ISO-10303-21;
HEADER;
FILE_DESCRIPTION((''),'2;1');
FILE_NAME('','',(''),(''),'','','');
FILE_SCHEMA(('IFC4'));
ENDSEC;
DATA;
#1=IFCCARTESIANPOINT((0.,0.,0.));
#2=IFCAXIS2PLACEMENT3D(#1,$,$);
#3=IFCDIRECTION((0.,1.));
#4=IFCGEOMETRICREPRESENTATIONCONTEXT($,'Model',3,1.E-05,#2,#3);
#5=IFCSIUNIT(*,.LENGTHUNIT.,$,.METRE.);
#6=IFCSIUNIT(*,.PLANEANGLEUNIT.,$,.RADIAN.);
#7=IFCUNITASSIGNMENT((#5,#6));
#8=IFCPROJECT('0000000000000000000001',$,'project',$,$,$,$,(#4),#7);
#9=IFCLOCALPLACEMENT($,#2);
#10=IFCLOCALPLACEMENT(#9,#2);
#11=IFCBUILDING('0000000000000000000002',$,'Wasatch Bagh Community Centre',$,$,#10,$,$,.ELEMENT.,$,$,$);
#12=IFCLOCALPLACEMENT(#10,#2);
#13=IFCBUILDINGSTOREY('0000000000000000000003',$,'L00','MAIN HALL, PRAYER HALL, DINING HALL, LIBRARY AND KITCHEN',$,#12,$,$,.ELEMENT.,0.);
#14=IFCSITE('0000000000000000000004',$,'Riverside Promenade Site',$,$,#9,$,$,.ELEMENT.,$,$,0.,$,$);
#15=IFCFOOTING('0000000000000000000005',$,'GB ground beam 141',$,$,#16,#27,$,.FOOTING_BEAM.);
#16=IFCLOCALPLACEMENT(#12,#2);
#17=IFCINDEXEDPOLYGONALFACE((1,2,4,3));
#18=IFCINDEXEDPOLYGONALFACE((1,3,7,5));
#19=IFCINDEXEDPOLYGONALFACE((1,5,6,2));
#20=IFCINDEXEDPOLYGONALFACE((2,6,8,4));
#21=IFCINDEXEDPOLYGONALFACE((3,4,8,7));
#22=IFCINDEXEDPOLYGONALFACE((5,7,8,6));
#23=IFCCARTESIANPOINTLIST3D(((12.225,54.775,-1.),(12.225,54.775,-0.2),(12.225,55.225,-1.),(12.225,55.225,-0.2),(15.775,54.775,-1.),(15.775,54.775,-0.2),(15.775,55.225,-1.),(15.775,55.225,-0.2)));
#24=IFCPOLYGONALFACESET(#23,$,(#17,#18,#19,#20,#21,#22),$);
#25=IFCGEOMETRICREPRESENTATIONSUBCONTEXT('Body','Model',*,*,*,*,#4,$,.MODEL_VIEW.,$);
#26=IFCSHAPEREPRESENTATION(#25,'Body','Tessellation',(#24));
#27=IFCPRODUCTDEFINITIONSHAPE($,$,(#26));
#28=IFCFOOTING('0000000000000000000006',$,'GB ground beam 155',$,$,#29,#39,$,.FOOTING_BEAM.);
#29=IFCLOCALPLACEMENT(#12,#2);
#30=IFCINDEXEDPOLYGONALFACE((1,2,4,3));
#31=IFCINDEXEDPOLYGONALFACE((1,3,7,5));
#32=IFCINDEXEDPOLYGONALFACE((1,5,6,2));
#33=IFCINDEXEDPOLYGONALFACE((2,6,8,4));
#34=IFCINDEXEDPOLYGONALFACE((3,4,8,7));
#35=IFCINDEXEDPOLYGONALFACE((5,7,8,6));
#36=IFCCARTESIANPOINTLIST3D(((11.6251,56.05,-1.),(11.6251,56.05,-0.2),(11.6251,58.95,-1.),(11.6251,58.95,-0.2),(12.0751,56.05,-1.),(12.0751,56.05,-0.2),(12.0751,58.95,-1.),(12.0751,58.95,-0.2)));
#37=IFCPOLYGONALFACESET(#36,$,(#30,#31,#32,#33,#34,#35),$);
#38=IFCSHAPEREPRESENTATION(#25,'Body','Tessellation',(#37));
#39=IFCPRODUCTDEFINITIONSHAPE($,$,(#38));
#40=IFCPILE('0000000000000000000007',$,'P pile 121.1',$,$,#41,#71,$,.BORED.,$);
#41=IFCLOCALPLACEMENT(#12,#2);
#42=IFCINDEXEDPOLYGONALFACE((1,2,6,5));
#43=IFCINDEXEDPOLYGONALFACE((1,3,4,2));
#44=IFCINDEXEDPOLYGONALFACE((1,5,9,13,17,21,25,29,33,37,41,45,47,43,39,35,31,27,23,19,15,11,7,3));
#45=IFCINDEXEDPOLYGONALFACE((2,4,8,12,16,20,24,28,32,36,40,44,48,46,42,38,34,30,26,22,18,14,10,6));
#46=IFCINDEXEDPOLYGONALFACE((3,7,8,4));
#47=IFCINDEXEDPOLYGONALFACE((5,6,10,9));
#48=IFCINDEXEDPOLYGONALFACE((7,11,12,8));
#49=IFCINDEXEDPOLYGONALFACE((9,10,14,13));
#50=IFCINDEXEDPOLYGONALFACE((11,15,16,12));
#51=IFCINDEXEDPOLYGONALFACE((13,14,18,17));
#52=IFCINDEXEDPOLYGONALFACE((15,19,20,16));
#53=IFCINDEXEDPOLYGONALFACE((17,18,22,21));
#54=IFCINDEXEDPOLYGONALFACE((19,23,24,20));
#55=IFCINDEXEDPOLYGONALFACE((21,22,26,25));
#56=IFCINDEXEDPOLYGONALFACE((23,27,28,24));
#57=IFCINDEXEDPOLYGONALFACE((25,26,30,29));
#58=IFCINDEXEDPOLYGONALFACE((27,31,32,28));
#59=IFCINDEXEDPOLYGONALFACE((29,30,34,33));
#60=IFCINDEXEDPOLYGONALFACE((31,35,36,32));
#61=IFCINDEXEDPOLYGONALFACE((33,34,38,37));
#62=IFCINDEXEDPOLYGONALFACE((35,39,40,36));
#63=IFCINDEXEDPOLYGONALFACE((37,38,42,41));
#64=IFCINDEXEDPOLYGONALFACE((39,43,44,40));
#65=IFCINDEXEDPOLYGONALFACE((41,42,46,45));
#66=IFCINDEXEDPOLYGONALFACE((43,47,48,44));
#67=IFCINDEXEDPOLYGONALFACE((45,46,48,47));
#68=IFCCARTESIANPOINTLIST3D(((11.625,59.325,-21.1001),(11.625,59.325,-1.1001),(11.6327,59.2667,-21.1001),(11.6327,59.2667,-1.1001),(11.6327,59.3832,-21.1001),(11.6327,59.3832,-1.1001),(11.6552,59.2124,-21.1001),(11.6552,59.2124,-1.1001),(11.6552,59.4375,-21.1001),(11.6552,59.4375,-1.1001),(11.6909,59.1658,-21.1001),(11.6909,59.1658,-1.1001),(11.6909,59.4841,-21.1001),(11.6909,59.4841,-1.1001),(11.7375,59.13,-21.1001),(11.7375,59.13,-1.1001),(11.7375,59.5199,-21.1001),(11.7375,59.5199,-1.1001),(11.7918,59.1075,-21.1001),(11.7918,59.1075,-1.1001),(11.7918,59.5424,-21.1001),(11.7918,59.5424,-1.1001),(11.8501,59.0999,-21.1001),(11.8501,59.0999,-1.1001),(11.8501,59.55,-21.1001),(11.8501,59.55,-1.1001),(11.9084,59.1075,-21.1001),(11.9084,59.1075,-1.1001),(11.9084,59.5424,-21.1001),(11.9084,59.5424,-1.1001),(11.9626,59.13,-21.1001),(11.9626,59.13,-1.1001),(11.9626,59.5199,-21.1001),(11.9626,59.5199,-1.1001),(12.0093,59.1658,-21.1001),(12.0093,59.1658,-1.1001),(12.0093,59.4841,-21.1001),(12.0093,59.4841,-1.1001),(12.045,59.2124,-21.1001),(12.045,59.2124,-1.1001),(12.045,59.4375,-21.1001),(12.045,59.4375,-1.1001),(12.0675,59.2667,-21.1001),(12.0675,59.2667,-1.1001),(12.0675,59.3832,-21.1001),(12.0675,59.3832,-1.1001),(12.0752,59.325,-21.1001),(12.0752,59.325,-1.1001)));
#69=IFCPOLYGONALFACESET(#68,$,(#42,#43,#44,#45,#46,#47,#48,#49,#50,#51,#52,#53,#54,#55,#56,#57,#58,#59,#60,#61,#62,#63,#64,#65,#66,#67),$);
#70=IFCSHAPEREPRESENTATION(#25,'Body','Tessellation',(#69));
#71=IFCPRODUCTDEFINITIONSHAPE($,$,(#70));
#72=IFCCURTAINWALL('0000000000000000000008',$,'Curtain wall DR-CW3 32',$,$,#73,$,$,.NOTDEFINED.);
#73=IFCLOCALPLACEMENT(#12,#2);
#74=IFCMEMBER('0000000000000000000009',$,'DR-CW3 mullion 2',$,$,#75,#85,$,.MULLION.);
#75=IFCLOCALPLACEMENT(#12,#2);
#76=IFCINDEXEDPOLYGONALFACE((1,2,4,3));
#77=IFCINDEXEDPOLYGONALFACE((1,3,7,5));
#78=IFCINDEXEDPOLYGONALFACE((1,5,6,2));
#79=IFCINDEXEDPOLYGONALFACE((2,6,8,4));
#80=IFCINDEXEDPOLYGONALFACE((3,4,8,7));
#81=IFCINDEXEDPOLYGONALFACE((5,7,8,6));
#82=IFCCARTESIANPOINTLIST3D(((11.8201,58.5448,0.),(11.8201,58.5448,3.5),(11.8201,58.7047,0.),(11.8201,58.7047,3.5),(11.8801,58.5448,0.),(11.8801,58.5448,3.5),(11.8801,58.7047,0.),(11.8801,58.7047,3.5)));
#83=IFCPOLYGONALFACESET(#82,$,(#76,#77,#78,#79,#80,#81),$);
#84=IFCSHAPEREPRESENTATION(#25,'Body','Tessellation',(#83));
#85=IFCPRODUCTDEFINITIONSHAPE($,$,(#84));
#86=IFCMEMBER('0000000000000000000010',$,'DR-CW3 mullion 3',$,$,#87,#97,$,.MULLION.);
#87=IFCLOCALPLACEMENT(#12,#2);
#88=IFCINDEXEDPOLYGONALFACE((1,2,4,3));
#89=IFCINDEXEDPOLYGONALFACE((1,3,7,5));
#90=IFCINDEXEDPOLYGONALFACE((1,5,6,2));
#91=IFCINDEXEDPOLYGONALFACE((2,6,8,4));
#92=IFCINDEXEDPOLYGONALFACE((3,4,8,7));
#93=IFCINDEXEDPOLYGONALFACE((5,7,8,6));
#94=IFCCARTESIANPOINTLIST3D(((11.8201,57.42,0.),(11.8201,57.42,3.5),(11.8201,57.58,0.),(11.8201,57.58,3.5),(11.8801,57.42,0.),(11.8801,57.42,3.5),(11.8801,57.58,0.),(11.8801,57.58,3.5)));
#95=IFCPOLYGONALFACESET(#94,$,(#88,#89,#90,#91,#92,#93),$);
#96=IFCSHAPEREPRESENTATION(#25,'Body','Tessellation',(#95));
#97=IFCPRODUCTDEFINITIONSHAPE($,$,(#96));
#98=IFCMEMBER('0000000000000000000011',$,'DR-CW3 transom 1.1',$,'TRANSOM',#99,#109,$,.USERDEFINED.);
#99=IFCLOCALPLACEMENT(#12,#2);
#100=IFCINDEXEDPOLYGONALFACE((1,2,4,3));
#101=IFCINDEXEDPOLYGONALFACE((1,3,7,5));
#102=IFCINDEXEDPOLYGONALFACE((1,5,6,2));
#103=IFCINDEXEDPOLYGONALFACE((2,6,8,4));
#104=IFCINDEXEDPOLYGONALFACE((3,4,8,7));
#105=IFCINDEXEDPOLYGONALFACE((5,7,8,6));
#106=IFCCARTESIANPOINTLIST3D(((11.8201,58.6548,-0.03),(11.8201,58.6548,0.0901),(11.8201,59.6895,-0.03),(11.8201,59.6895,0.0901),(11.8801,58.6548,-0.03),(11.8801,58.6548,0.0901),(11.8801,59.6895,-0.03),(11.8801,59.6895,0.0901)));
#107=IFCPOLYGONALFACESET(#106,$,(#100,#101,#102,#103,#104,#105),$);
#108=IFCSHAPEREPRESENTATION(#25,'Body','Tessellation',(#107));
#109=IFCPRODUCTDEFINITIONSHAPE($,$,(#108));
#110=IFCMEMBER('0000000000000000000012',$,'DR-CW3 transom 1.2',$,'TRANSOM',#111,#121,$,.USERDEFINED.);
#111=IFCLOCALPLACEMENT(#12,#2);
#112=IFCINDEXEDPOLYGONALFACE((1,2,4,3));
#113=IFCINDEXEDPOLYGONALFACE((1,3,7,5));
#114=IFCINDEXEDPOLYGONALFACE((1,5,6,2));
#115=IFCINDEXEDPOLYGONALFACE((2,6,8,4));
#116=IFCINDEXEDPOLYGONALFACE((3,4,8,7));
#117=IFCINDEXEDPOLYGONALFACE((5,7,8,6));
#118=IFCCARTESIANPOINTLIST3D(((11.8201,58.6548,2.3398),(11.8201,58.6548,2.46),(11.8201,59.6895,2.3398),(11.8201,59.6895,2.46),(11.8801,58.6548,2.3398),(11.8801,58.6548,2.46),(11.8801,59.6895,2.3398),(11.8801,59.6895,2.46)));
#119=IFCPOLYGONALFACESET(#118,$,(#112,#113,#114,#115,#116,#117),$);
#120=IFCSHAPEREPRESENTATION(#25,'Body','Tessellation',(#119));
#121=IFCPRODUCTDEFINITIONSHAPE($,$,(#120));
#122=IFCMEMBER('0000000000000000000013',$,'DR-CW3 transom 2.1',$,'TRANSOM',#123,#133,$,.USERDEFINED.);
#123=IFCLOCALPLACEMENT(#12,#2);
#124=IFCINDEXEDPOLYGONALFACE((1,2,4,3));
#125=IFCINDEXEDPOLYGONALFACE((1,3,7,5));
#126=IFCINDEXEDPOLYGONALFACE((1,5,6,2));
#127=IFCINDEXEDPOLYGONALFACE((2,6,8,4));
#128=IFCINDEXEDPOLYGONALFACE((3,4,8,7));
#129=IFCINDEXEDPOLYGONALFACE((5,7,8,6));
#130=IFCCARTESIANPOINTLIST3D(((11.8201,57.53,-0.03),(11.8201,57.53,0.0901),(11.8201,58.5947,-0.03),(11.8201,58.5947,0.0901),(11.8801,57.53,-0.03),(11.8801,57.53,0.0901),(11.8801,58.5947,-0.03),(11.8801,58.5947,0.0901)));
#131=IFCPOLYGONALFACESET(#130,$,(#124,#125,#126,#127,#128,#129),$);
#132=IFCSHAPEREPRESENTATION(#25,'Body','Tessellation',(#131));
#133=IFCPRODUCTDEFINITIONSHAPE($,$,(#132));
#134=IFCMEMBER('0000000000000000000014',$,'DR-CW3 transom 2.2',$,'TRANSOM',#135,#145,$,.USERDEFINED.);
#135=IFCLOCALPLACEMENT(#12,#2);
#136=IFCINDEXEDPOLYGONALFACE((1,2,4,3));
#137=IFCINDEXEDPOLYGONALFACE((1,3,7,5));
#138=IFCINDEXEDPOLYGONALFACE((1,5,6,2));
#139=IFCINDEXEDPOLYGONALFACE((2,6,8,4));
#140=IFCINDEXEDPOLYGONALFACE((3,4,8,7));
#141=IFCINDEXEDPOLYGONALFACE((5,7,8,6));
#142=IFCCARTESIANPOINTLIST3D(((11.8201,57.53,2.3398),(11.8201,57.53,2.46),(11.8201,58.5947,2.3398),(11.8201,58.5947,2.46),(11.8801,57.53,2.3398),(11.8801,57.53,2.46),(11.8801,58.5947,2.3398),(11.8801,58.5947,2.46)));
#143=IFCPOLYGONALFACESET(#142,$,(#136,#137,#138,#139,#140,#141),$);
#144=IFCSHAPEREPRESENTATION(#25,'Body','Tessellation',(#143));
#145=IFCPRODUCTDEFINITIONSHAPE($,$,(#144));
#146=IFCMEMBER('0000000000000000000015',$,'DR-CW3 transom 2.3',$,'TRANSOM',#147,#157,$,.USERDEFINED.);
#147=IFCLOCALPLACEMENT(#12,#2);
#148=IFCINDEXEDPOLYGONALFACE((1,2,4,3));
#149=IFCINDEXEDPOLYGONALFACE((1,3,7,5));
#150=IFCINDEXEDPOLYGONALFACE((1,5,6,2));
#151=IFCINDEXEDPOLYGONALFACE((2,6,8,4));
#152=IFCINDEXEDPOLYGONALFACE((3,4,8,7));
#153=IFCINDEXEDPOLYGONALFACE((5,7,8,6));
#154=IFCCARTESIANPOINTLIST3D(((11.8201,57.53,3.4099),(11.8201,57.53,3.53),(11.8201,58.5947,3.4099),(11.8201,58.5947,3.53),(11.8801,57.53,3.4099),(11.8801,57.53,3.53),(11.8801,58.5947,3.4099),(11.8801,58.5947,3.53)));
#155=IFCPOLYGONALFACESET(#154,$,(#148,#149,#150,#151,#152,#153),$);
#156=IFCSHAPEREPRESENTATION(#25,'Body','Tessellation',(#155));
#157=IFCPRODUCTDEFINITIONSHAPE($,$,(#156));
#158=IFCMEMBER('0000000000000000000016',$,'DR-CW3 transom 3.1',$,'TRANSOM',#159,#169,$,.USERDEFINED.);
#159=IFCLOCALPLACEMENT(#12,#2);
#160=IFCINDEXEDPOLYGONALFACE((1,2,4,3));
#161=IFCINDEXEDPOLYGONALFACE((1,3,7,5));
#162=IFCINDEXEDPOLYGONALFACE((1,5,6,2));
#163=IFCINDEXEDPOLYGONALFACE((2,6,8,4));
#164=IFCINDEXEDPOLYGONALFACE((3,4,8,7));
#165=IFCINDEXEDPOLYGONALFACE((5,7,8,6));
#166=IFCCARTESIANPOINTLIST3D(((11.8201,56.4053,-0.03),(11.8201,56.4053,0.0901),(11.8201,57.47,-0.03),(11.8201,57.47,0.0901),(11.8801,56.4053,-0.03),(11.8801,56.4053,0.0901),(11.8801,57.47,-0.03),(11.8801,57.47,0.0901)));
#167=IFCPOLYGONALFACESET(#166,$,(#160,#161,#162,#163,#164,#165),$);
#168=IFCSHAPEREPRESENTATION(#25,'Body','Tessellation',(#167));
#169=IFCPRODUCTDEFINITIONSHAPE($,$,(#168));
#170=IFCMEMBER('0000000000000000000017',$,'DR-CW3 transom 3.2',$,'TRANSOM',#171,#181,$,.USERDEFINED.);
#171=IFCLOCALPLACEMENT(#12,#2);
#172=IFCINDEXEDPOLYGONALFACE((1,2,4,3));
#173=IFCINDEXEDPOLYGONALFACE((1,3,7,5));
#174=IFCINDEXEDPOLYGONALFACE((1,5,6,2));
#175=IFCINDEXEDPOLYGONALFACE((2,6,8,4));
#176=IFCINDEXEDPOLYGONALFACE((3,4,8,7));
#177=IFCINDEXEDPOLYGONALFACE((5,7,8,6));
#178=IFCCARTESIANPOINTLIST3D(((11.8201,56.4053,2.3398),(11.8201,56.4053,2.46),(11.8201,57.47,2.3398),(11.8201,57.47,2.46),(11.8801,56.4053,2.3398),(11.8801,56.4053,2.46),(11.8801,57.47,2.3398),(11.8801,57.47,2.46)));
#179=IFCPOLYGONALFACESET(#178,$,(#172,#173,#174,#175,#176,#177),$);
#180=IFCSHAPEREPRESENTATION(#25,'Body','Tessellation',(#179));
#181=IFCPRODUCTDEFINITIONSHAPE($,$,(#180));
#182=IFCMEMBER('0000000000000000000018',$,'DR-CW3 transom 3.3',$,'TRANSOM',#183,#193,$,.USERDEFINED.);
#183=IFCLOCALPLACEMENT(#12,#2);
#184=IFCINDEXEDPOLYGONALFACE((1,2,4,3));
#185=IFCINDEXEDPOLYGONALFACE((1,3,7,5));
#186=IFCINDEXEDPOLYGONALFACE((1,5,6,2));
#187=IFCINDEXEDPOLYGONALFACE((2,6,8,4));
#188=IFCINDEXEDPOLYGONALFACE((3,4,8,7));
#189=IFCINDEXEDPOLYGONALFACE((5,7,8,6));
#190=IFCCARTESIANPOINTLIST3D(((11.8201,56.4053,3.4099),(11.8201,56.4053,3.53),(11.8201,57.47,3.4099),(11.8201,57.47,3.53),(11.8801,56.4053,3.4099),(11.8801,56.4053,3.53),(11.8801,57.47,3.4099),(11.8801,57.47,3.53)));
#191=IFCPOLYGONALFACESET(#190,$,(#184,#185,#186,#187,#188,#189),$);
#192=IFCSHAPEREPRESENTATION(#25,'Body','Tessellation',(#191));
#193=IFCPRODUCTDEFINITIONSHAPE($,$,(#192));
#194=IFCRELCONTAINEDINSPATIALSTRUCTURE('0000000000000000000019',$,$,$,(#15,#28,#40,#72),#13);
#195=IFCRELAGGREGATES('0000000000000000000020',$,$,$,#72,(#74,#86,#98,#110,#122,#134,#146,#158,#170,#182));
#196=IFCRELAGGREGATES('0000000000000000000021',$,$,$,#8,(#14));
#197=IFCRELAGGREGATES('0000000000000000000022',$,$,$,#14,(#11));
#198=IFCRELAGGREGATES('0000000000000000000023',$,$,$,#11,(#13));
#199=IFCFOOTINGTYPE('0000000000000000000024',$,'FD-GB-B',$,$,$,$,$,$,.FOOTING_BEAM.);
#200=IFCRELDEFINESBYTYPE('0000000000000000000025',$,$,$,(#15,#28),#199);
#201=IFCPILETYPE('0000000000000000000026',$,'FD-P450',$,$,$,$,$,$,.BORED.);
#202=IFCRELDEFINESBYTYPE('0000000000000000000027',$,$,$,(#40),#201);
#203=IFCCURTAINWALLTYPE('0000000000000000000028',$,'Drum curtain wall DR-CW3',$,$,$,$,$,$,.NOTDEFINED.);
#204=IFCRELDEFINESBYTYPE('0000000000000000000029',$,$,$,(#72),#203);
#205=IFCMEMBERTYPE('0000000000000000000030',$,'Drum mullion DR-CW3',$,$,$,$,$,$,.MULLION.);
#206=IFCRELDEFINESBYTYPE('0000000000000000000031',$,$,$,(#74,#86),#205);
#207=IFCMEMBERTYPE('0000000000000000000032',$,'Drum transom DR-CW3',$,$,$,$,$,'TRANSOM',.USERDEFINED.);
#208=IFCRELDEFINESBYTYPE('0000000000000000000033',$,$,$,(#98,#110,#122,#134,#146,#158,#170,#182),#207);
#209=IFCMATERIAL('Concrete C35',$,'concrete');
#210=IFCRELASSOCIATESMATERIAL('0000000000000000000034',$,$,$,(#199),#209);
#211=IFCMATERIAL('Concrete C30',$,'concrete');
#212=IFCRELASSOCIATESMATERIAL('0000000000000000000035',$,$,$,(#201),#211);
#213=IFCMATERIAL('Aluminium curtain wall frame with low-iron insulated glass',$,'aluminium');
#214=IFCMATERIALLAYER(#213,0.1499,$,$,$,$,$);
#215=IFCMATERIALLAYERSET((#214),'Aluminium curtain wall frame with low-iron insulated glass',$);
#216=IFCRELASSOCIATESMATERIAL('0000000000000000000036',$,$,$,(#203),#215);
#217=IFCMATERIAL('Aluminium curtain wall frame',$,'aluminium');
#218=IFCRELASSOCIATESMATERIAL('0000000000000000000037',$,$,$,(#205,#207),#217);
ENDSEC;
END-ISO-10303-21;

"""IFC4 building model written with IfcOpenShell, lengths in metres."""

from ifc_helpers import new_model, si_unit, direction, frame, origin, origin_2d, place, context, subcontext, project, spatial, rectangle, circle, extrude, material, layer, layer_set, material_profile, profile_set, type_object, element, aggregate, save


model = new_model("IFC4")

# Units and contexts
model_context = context("Model", 3, precision=1e-05, world=origin(), true_north=direction((0.0, 1.0)))
body_context = subcontext(model_context, "Body", "Model", "MODEL_VIEW")
ifc_project = project(units=[si_unit("LENGTHUNIT", "METRE"), si_unit("PLANEANGLEUNIT", "RADIAN")], contexts=[model_context])

# Site, building, storey
site_placement = place(None, origin())
site = spatial("IfcSite", under=ifc_project, at=site_placement, Name="Riverside Promenade Site", CompositionType="ELEMENT", RefElevation=0.0)
building_placement = place(site_placement, origin())
building = spatial("IfcBuilding", under=site, at=building_placement, Name="Wasatch Bagh Community Centre", CompositionType="ELEMENT")
storey_placement = place(building_placement, origin())
storey = spatial("IfcBuildingStorey", under=building, at=storey_placement, Name="L00", Description="MAIN HALL, PRAYER HALL, DINING HALL, LIBRARY AND KITCHEN", CompositionType="ELEMENT", Elevation=0.0)

# Footings
ifc_material_1 = material(Name="Concrete C35", Category="concrete")
footing_type = type_object("IfcFootingType", Name="FD-GB-B", PredefinedType="FOOTING_BEAM", material=ifc_material_1)
footing_1_placement = place(storey_placement, frame((14.0, 55.0, -1.0), z_axis=(0.0, 0.0, 1.0), x_axis=(-1.0, 0.0, 0.0)))
element("IfcFooting", 1, at=footing_1_placement, inside=storey, type_object=footing_type, Name="GB ground beam 141", PredefinedType="FOOTING_BEAM", context=body_context, shape_type="SweptSolid", body=[
    extrude(rectangle(XDim=3.55, YDim=0.45, at=origin_2d()), origin(), (0.0, 0.0, 1.0), 0.8),
])
footing_2_placement = place(storey_placement, frame((11.8501, 57.5, -1.0), z_axis=(0.0, 0.0, 1.0), x_axis=(0.0, 1.0, 0.0)))
element("IfcFooting", 2, at=footing_2_placement, inside=storey, type_object=footing_type, Name="GB ground beam 155", PredefinedType="FOOTING_BEAM", context=body_context, shape_type="SweptSolid", body=[
    extrude(rectangle(XDim=2.8999, YDim=0.45, at=origin_2d()), origin(), (0.0, 0.0, 1.0), 0.8),
])

# Pile
ifc_material_2 = material(Name="Concrete C30", Category="concrete")
ifc_material_profile_1 = material_profile(ifc_material_2, circle(Radius=0.2251, at=origin_2d()), Name="RC D450")
ifc_profile_set_1 = profile_set([ifc_material_profile_1], Name="Concrete C30")
pile_type = type_object("IfcPileType", Name="FD-P450", PredefinedType="BORED", material=ifc_profile_set_1)
pile_placement = place(storey_placement, frame((11.8501, 59.325, -1.1001), z_axis=(0.0, 0.0, -1.0), x_axis=(1.0, 0.0, 0.0)))
element("IfcPile", 3, at=pile_placement, inside=storey, type_object=pile_type, Name="P pile 121.1", PredefinedType="BORED", context=body_context, shape_type="SweptSolid", body=[
    extrude(circle(Radius=0.2251, at=origin_2d()), origin(), (0.0, 0.0, 1.0), 20.0),
])

# Curtain wall, members
ifc_material_3 = material(Name="Aluminium curtain wall frame with low-iron insulated glass", Category="aluminium")
ifc_layer_1 = layer(ifc_material_3, 0.1499)
ifc_layer_set_1 = layer_set([ifc_layer_1], Name="Aluminium curtain wall frame with low-iron insulated glass")
curtain_wall_type = type_object("IfcCurtainWallType", Name="Drum curtain wall DR-CW3", PredefinedType="NOTDEFINED", material=ifc_layer_set_1)
curtain_wall_placement = place(storey_placement, origin())
curtain_wall = element("IfcCurtainWall", 4, at=curtain_wall_placement, inside=storey, type_object=curtain_wall_type, Name="Curtain wall DR-CW3 32", PredefinedType="NOTDEFINED")
ifc_material_4 = material(Name="Aluminium curtain wall frame", Category="aluminium")
ifc_material_profile_2 = material_profile(ifc_material_4, rectangle(XDim=0.0601, YDim=0.1599, at=origin_2d()), Name="Drum mullion DR-CW3")
ifc_profile_set_2 = profile_set([ifc_material_profile_2], Name="Aluminium curtain wall frame")
member_type_1 = type_object("IfcMemberType", Name="Drum mullion DR-CW3", PredefinedType="MULLION", material=ifc_profile_set_2)
member_1_placement = place(storey_placement, frame((11.8501, 58.6248, 0.0), z_axis=(0.0, 0.0, 1.0), x_axis=(1.0, 0.0, 0.0)))
member_1 = element("IfcMember", 5, at=member_1_placement, type_object=member_type_1, Name="DR-CW3 mullion 2", PredefinedType="MULLION", context=body_context, shape_type="SweptSolid", body=[
    extrude(rectangle(XDim=0.0601, YDim=0.1599, at=origin_2d()), origin(), (0.0, 0.0, 1.0), 3.5),
])
member_2_placement = place(storey_placement, frame((11.8501, 57.5, 0.0), z_axis=(0.0, 0.0, 1.0), x_axis=(1.0, 0.0, 0.0)))
member_2 = element("IfcMember", 6, at=member_2_placement, type_object=member_type_1, Name="DR-CW3 mullion 3", PredefinedType="MULLION", context=body_context, shape_type="SweptSolid", body=[
    extrude(rectangle(XDim=0.0601, YDim=0.1599, at=origin_2d()), origin(), (0.0, 0.0, 1.0), 3.5),
])
ifc_material_profile_3 = material_profile(ifc_material_4, rectangle(XDim=0.0601, YDim=0.1201, at=origin_2d()), Name="Drum transom DR-CW3")
ifc_profile_set_3 = profile_set([ifc_material_profile_3], Name="Aluminium curtain wall frame")
member_type_2 = type_object("IfcMemberType", Name="Drum transom DR-CW3", ElementType="TRANSOM", PredefinedType="USERDEFINED", material=ifc_profile_set_3)
member_3_placement = place(storey_placement, frame((11.8501, 59.6895, 0.03), z_axis=(0.0, -1.0, 0.0), x_axis=(1.0, 0.0, 0.0)))
member_3 = element("IfcMember", 7, at=member_3_placement, type_object=member_type_2, Name="DR-CW3 transom 1.1", ObjectType="TRANSOM", PredefinedType="USERDEFINED", context=body_context, shape_type="SweptSolid", body=[
    extrude(rectangle(XDim=0.0601, YDim=0.1201, at=origin_2d()), origin(), (0.0, 0.0, 1.0), 1.0347),
])
member_4_placement = place(storey_placement, frame((11.8501, 59.6895, 2.3999), z_axis=(0.0, -1.0, 0.0), x_axis=(1.0, 0.0, 0.0)))
member_4 = element("IfcMember", 8, at=member_4_placement, type_object=member_type_2, Name="DR-CW3 transom 1.2", ObjectType="TRANSOM", PredefinedType="USERDEFINED", context=body_context, shape_type="SweptSolid", body=[
    extrude(rectangle(XDim=0.0601, YDim=0.1201, at=origin_2d()), origin(), (0.0, 0.0, 1.0), 1.0347),
])
member_5_placement = place(storey_placement, frame((11.8501, 58.5947, 0.03), z_axis=(0.0, -1.0, 0.0), x_axis=(1.0, 0.0, 0.0)))
member_5 = element("IfcMember", 9, at=member_5_placement, type_object=member_type_2, Name="DR-CW3 transom 2.1", ObjectType="TRANSOM", PredefinedType="USERDEFINED", context=body_context, shape_type="SweptSolid", body=[
    extrude(rectangle(XDim=0.0601, YDim=0.1201, at=origin_2d()), origin(), (0.0, 0.0, 1.0), 1.0647),
])
member_6_placement = place(storey_placement, frame((11.8501, 58.5947, 2.3999), z_axis=(0.0, -1.0, 0.0), x_axis=(1.0, 0.0, 0.0)))
member_6 = element("IfcMember", 10, at=member_6_placement, type_object=member_type_2, Name="DR-CW3 transom 2.2", ObjectType="TRANSOM", PredefinedType="USERDEFINED", context=body_context, shape_type="SweptSolid", body=[
    extrude(rectangle(XDim=0.0601, YDim=0.1201, at=origin_2d()), origin(), (0.0, 0.0, 1.0), 1.0647),
])
member_7_placement = place(storey_placement, frame((11.8501, 58.5947, 3.47), z_axis=(0.0, -1.0, 0.0), x_axis=(1.0, 0.0, 0.0)))
member_7 = element("IfcMember", 11, at=member_7_placement, type_object=member_type_2, Name="DR-CW3 transom 2.3", ObjectType="TRANSOM", PredefinedType="USERDEFINED", context=body_context, shape_type="SweptSolid", body=[
    extrude(rectangle(XDim=0.0601, YDim=0.1201, at=origin_2d()), origin(), (0.0, 0.0, 1.0), 1.0647),
])
member_8_placement = place(storey_placement, frame((11.8501, 57.47, 0.03), z_axis=(0.0, -1.0, 0.0), x_axis=(1.0, 0.0, 0.0)))
member_8 = element("IfcMember", 12, at=member_8_placement, type_object=member_type_2, Name="DR-CW3 transom 3.1", ObjectType="TRANSOM", PredefinedType="USERDEFINED", context=body_context, shape_type="SweptSolid", body=[
    extrude(rectangle(XDim=0.0601, YDim=0.1201, at=origin_2d()), origin(), (0.0, 0.0, 1.0), 1.0647),
])
member_9_placement = place(storey_placement, frame((11.8501, 57.47, 2.3999), z_axis=(0.0, -1.0, 0.0), x_axis=(1.0, 0.0, 0.0)))
member_9 = element("IfcMember", 13, at=member_9_placement, type_object=member_type_2, Name="DR-CW3 transom 3.2", ObjectType="TRANSOM", PredefinedType="USERDEFINED", context=body_context, shape_type="SweptSolid", body=[
    extrude(rectangle(XDim=0.0601, YDim=0.1201, at=origin_2d()), origin(), (0.0, 0.0, 1.0), 1.0647),
])
member_10_placement = place(storey_placement, frame((11.8501, 57.47, 3.47), z_axis=(0.0, -1.0, 0.0), x_axis=(1.0, 0.0, 0.0)))
member_10 = element("IfcMember", 14, at=member_10_placement, type_object=member_type_2, Name="DR-CW3 transom 3.3", ObjectType="TRANSOM", PredefinedType="USERDEFINED", context=body_context, shape_type="SweptSolid", body=[
    extrude(rectangle(XDim=0.0601, YDim=0.1201, at=origin_2d()), origin(), (0.0, 0.0, 1.0), 1.0647),
])
aggregate(curtain_wall, [member_1, member_2, member_3, member_4, member_5, member_6, member_7, member_8, member_9, member_10])

save(model, "model.ifc")
